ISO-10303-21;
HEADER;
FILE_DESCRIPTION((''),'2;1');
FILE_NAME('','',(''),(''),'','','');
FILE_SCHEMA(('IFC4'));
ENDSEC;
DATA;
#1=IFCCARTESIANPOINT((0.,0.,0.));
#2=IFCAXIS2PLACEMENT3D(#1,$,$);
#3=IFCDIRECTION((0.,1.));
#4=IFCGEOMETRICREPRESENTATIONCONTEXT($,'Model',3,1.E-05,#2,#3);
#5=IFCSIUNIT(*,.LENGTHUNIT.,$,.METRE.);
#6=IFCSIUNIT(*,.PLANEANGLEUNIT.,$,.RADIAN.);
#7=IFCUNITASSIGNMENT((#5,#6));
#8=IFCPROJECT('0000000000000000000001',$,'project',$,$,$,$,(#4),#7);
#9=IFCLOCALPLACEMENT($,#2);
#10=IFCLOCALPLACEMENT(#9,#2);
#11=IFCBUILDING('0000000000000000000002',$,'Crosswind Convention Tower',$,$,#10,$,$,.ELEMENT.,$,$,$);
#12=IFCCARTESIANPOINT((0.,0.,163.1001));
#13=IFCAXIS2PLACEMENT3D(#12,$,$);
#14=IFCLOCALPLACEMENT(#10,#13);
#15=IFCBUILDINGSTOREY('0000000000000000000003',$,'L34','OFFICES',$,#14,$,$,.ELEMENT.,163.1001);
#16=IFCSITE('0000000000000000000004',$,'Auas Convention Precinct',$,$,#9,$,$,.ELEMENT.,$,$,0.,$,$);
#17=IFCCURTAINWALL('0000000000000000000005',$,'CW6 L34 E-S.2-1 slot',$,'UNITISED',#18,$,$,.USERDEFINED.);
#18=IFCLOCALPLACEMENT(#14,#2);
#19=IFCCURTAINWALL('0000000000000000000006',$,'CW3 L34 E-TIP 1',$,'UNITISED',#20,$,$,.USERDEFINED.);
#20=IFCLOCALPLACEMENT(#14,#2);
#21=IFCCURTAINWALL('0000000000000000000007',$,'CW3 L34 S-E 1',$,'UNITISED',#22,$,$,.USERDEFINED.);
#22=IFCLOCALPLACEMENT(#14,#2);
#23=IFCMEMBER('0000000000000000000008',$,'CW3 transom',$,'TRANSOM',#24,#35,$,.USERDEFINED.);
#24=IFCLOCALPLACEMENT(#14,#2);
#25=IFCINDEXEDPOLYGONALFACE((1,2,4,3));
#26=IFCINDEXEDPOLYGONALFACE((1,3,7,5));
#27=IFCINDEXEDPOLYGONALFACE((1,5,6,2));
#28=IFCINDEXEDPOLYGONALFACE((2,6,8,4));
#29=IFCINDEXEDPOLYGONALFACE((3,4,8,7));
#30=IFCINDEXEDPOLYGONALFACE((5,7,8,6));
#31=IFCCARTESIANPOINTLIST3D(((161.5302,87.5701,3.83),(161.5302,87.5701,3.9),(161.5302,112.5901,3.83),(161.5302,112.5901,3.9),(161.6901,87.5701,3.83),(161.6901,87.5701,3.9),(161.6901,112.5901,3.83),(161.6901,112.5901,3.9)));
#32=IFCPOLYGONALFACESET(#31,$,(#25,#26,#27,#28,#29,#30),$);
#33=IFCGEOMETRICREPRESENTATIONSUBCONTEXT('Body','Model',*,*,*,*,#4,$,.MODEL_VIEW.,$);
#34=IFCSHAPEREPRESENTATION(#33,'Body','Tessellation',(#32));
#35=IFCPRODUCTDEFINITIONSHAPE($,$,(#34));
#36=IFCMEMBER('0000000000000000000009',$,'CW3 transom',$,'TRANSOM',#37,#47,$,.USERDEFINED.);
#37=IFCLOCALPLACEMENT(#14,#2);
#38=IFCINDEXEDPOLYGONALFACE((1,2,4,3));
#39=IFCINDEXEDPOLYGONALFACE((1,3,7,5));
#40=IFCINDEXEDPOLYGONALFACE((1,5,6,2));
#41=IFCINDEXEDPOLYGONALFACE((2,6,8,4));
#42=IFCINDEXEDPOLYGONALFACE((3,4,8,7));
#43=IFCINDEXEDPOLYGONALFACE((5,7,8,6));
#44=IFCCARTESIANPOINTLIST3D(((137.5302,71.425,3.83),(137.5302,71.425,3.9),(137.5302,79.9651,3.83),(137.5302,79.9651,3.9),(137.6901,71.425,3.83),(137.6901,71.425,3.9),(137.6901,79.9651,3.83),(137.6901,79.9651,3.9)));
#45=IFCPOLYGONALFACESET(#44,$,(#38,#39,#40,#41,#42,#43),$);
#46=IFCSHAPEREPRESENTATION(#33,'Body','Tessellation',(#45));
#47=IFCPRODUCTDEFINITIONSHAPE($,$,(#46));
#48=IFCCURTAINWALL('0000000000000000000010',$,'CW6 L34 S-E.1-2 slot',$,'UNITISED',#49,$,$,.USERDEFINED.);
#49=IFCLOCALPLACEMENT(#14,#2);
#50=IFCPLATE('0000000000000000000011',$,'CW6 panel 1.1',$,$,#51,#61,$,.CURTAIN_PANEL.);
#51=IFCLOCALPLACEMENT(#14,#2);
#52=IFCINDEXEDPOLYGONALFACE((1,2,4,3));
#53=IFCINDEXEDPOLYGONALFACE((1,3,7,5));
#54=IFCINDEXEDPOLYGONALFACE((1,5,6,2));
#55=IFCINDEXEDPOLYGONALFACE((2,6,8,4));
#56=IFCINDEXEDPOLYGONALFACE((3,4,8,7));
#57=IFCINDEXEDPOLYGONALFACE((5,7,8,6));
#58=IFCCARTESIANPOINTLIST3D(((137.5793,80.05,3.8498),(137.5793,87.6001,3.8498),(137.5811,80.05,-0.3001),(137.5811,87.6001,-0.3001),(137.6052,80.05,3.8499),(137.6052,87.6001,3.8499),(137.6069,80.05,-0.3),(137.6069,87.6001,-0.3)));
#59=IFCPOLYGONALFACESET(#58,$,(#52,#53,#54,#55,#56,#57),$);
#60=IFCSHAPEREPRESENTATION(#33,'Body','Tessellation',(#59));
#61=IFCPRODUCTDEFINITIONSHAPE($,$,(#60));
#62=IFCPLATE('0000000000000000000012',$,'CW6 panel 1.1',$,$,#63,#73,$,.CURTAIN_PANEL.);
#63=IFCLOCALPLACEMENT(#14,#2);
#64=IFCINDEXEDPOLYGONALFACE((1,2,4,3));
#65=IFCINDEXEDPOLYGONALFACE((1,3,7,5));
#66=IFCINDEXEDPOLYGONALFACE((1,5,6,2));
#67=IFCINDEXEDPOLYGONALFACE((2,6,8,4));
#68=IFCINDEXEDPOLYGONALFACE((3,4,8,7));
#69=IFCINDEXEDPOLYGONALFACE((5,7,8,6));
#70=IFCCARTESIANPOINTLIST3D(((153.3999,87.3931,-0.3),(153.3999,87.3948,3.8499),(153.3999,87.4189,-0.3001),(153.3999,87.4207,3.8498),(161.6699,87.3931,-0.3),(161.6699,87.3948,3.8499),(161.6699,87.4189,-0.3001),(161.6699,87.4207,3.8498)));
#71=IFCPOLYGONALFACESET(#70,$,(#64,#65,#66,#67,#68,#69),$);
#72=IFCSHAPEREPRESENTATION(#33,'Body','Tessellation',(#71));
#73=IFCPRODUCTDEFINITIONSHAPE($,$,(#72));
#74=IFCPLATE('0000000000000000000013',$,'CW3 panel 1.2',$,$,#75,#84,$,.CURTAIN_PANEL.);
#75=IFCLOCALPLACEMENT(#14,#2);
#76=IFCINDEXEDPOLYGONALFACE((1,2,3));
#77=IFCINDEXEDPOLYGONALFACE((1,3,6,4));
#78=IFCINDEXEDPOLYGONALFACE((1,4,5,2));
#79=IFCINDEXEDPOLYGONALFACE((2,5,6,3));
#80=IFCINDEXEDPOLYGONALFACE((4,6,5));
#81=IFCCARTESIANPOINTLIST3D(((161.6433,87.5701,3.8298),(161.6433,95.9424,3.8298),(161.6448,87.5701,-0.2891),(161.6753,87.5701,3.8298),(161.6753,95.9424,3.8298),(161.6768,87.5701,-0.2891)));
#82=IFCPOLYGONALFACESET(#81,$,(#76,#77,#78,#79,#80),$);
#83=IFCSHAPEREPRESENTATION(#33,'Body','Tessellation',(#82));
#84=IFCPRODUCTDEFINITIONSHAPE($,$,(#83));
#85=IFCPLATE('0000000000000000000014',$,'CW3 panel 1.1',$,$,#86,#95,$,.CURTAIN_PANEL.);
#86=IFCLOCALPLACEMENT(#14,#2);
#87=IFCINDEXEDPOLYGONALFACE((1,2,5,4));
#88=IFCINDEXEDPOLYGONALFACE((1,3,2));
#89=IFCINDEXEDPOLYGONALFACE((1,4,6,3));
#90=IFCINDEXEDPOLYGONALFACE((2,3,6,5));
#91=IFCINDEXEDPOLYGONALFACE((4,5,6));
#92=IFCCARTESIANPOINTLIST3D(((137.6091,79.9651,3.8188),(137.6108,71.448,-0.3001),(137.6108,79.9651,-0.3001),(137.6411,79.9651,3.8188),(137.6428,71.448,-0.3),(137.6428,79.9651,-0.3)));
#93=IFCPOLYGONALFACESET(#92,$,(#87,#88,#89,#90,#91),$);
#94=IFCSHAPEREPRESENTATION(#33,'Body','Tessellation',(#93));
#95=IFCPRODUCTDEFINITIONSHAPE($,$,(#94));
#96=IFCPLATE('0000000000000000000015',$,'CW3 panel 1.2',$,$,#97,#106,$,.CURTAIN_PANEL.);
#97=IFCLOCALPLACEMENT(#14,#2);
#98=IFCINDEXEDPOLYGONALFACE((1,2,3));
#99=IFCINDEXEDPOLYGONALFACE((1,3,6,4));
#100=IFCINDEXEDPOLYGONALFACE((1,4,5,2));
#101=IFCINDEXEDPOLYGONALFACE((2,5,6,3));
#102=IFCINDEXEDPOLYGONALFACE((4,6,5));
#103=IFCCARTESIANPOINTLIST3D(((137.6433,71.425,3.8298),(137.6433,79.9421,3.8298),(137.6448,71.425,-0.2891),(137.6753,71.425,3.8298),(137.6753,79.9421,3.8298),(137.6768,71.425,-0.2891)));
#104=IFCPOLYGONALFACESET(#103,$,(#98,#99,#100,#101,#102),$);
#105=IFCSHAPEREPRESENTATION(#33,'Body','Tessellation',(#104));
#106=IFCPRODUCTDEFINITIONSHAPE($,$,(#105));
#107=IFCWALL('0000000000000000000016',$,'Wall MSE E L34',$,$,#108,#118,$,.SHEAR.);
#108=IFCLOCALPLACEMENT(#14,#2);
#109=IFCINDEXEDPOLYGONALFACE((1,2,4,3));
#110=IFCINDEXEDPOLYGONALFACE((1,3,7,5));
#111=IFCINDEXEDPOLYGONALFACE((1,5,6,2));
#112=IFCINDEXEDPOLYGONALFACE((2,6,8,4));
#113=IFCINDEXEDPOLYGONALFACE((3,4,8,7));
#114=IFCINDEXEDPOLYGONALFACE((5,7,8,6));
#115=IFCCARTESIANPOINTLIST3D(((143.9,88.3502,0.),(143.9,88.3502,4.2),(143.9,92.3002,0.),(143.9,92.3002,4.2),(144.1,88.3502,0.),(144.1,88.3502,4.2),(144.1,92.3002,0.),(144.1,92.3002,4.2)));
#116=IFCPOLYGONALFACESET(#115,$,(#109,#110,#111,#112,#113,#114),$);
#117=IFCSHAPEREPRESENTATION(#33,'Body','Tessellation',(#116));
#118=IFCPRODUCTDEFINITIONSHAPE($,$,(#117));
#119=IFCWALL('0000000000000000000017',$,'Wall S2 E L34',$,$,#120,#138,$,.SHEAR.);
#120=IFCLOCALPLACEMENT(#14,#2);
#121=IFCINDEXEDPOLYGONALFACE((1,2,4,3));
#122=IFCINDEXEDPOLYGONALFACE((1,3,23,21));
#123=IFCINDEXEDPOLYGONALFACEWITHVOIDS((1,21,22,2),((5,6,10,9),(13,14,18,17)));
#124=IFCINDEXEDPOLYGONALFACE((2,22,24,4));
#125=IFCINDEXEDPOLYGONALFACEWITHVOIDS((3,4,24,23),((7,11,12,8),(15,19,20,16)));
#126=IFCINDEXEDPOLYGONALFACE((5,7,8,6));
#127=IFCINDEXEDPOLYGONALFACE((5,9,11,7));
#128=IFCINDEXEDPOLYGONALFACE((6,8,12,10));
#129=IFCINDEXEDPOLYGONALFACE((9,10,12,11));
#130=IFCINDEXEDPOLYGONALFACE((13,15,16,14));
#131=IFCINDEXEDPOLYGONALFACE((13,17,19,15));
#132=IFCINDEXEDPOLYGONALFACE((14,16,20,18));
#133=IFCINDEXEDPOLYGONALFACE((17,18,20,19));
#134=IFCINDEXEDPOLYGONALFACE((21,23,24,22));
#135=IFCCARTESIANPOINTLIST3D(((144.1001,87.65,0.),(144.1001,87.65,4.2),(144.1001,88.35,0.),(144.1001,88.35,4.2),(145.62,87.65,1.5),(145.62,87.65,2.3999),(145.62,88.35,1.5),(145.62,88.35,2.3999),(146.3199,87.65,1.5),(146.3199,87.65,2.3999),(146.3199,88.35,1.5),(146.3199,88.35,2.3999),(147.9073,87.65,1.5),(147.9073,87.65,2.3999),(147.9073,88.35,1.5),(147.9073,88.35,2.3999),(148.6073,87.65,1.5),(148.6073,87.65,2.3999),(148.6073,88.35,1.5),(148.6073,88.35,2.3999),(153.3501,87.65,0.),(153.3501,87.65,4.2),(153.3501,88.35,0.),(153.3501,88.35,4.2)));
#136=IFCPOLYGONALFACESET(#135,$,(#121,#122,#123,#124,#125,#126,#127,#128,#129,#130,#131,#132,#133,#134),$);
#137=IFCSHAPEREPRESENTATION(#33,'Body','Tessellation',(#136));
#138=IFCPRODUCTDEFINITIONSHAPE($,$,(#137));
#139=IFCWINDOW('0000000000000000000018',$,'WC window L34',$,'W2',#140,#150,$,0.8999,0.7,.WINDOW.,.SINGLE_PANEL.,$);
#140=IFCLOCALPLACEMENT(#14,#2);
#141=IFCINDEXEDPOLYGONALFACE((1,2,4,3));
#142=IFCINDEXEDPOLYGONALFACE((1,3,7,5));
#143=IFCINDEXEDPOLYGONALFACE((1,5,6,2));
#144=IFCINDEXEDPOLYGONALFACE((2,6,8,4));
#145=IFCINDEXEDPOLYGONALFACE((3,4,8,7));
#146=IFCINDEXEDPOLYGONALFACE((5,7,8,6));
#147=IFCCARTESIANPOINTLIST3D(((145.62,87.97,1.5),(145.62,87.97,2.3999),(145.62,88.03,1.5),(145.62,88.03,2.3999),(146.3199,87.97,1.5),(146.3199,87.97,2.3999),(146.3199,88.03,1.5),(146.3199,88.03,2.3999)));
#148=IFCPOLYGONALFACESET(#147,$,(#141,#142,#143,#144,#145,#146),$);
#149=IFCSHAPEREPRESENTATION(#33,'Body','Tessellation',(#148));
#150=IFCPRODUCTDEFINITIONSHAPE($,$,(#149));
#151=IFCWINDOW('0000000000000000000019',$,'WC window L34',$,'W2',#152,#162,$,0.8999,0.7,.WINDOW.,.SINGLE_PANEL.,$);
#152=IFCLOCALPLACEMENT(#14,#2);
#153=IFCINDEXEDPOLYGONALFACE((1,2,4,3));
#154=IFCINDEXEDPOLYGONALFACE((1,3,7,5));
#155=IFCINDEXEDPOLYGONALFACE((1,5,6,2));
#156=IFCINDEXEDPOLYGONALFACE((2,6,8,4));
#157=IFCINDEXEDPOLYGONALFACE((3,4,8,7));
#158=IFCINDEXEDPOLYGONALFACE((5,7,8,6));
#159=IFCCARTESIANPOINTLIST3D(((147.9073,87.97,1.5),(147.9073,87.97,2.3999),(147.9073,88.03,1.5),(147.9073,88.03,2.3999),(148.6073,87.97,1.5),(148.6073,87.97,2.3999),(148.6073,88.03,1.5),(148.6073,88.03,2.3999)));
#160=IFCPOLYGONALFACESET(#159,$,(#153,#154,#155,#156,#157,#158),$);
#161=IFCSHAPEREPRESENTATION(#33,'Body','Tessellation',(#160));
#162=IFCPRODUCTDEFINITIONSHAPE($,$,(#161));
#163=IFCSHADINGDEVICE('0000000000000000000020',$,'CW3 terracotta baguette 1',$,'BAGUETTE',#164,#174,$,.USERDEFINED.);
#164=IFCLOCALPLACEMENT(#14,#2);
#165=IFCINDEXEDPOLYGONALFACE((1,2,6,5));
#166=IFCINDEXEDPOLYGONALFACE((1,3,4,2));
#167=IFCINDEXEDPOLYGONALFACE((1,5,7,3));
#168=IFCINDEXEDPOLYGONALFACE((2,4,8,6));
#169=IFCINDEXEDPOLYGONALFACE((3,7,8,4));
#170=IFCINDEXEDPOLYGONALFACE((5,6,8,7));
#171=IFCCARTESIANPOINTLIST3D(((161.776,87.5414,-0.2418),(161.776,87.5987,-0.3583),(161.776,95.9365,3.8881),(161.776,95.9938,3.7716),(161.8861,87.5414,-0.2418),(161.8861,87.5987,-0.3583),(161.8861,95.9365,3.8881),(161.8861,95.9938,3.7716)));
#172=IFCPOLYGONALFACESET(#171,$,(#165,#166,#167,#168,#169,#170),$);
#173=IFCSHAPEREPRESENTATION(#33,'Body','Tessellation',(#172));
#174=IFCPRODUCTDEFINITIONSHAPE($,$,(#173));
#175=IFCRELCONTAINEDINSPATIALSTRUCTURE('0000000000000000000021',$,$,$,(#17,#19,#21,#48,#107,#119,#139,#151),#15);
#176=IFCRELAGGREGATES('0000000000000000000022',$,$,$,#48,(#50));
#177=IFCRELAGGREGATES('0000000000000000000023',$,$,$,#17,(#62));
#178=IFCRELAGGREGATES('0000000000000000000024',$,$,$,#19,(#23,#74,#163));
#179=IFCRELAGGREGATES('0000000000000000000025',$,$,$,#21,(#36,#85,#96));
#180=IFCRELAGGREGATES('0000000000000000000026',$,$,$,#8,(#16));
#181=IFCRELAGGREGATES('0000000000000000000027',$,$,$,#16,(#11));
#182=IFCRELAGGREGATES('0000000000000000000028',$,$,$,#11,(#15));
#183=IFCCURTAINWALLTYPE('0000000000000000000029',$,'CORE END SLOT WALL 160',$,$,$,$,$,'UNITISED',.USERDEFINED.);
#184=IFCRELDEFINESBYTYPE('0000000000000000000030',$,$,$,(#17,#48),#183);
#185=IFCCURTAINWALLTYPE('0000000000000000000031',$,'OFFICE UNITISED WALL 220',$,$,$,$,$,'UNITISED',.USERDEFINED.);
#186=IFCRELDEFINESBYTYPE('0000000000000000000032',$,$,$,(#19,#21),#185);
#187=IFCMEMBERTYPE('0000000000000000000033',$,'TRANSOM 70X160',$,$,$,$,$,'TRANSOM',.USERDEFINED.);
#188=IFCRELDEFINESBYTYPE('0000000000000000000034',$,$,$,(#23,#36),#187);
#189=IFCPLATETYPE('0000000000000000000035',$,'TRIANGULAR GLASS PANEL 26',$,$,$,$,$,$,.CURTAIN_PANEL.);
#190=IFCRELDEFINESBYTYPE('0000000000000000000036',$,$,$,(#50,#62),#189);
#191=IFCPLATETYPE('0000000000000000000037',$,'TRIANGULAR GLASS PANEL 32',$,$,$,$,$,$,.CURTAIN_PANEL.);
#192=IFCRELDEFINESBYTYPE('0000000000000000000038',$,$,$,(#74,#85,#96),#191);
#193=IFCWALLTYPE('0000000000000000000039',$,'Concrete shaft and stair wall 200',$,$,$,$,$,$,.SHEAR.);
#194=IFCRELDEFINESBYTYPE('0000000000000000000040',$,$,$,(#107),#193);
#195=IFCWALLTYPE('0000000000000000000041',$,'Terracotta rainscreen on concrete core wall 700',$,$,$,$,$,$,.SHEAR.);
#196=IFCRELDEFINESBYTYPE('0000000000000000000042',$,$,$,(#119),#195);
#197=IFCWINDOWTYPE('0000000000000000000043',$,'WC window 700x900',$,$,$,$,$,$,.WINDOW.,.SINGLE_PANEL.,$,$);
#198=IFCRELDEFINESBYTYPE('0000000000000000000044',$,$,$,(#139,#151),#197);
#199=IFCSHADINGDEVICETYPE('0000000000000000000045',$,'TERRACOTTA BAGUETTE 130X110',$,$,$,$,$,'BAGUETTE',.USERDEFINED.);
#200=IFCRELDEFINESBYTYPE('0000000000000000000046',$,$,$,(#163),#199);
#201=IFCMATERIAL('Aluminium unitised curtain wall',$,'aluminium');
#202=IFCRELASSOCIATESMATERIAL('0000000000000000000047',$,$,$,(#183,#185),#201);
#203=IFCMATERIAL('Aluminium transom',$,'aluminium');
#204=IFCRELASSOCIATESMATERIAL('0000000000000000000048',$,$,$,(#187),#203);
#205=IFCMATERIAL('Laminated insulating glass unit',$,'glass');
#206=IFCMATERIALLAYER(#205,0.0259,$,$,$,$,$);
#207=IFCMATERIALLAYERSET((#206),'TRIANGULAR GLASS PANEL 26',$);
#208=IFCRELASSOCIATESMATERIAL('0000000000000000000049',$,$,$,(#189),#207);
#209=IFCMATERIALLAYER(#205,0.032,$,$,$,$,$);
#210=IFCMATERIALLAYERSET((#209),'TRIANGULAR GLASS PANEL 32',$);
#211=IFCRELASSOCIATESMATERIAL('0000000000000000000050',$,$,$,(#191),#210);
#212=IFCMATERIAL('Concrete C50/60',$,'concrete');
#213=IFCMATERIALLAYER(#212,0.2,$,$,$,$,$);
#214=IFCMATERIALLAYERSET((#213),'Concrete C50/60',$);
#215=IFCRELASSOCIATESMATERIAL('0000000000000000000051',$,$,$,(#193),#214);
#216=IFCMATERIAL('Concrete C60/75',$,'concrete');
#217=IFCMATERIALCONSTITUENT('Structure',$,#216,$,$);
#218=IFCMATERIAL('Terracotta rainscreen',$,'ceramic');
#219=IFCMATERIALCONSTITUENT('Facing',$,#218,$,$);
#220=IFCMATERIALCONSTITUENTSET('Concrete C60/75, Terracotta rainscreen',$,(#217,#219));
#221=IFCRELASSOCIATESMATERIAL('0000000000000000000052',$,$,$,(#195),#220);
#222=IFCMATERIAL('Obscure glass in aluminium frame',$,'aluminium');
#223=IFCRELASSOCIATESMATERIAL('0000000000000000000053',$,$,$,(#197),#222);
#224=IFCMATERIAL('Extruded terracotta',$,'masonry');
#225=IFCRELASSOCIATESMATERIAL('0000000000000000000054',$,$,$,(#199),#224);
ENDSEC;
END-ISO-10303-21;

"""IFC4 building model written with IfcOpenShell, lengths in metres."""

from ifc_helpers import new_model, si_unit, direction, frame, frame_2d, origin, origin_2d, place, context, subcontext, project, spatial, polyline, rectangle, outline, extrude, material, layer, layer_set, constituent, constituent_set, material_profile, profile_set, type_object, element, fill, aggregate, save


model = new_model("IFC4")

# Units and contexts
model_context = context("Model", 3, precision=1e-05, world=origin(), true_north=direction((0.0, 1.0)))
body_context = subcontext(model_context, "Body", "Model", "MODEL_VIEW")
ifc_project = project(units=[si_unit("LENGTHUNIT", "METRE"), si_unit("PLANEANGLEUNIT", "RADIAN")], contexts=[model_context])

# Site, building, storey
site_placement = place(None, origin())
site = spatial("IfcSite", under=ifc_project, at=site_placement, Name="Auas Convention Precinct", CompositionType="ELEMENT", RefElevation=0.0)
building_placement = place(site_placement, origin())
building = spatial("IfcBuilding", under=site, at=building_placement, Name="Crosswind Convention Tower", CompositionType="ELEMENT")
storey_placement = place(building_placement, frame((0.0, 0.0, 163.1001)))
storey = spatial("IfcBuildingStorey", under=building, at=storey_placement, Name="L34", Description="OFFICES", CompositionType="ELEMENT", Elevation=163.1001)

# Shared definitions
ifc_material_1 = material(Name="Concrete C60/75", Category="concrete")

# Curtain wall
ifc_material_2 = material(Name="Aluminium unitised curtain wall", Category="aluminium")
curtain_wall_type_1 = type_object("IfcCurtainWallType", Name="CORE END SLOT WALL 160", ElementType="UNITISED", PredefinedType="USERDEFINED", material=ifc_material_2)
curtain_wall_1_placement = place(storey_placement, origin())
curtain_wall_1 = element("IfcCurtainWall", 1, at=curtain_wall_1_placement, inside=storey, type_object=curtain_wall_type_1, Name="CW6 L34 E-S.2-1 slot", ObjectType="UNITISED", PredefinedType="USERDEFINED")

# Curtain walls
curtain_wall_type_2 = type_object("IfcCurtainWallType", Name="OFFICE UNITISED WALL 220", ElementType="UNITISED", PredefinedType="USERDEFINED", material=ifc_material_2)
curtain_wall_2_placement = place(storey_placement, origin())
curtain_wall_2 = element("IfcCurtainWall", 2, at=curtain_wall_2_placement, inside=storey, type_object=curtain_wall_type_2, Name="CW3 L34 E-TIP 1", ObjectType="UNITISED", PredefinedType="USERDEFINED")
curtain_wall_3_placement = place(storey_placement, origin())
curtain_wall_3 = element("IfcCurtainWall", 3, at=curtain_wall_3_placement, inside=storey, type_object=curtain_wall_type_2, Name="CW3 L34 S-E 1", ObjectType="UNITISED", PredefinedType="USERDEFINED")

# Members
ifc_material_3 = material(Name="Aluminium transom", Category="aluminium")
ifc_material_profile_1 = material_profile(ifc_material_3, rectangle(XDim=0.1599, YDim=0.0701, at=origin_2d()), Name="AL 160X70")
ifc_profile_set_1 = profile_set([ifc_material_profile_1], Name="Aluminium transom")
member_type_1 = type_object("IfcMemberType", Name="TRANSOM 70X160", ElementType="TRANSOM", PredefinedType="USERDEFINED", material=ifc_profile_set_1)
member_1_placement = place(storey_placement, frame((161.6101, 87.5701, 3.865), z_axis=(0.0, 1.0, 0.0), x_axis=(-1.0, 0.0, 0.0)))
member_1 = element("IfcMember", 4, at=member_1_placement, type_object=member_type_1, Name="CW3 transom", ObjectType="TRANSOM", PredefinedType="USERDEFINED", context=body_context, shape_type="SweptSolid", body=[
    extrude(rectangle(XDim=0.1599, YDim=0.0701, at=origin_2d()), origin(), (0.0, 0.0, 1.0), 25.02),
])
member_2_placement = place(storey_placement, frame((137.6101, 71.425, 3.865), z_axis=(0.0, 1.0, 0.0), x_axis=(-1.0, 0.0, 0.0)))
member_2 = element("IfcMember", 5, at=member_2_placement, type_object=member_type_1, Name="CW3 transom", ObjectType="TRANSOM", PredefinedType="USERDEFINED", context=body_context, shape_type="SweptSolid", body=[
    extrude(rectangle(XDim=0.1599, YDim=0.0701, at=origin_2d()), origin(), (0.0, 0.0, 1.0), 8.54),
])

# Curtain wall, plate
curtain_wall_4_placement = place(storey_placement, origin())
curtain_wall_4 = element("IfcCurtainWall", 6, at=curtain_wall_4_placement, inside=storey, type_object=curtain_wall_type_1, Name="CW6 L34 S-E.1-2 slot", ObjectType="UNITISED", PredefinedType="USERDEFINED")
ifc_material_4 = material(Name="Laminated insulating glass unit", Category="glass")
ifc_layer_1 = layer(ifc_material_4, 0.0259)
ifc_layer_set_1 = layer_set([ifc_layer_1], Name="TRIANGULAR GLASS PANEL 26")
plate_type_1 = type_object("IfcPlateType", Name="TRIANGULAR GLASS PANEL 26", PredefinedType="CURTAIN_PANEL", material=ifc_layer_set_1)
plate_1_placement = place(storey_placement, frame((137.6069, 80.05, -0.3), z_axis=(1.0, 0.0, 0.000412), x_axis=(0.0, 1.0, 0.0)))
plate_1 = element("IfcPlate", 7, at=plate_1_placement, type_object=plate_type_1, Name="CW6 panel 1.1", PredefinedType="CURTAIN_PANEL", context=body_context, shape_type="SweptSolid", body=[
    extrude(outline(polyline([(0.0, 0.0), (7.55, 0.0), (7.55, 4.1499), (0.0, 4.1499), (0.0, 0.0)])), origin(), (0.0, 0.0, -1.0), 0.0259),
])
aggregate(curtain_wall_4, [plate_1])

# Plates
plate_2_placement = place(storey_placement, frame((153.3999, 87.3931, -0.3), z_axis=(0.0, -1.0, 0.000412), x_axis=(1.0, 0.0, 0.0)))
plate_2 = element("IfcPlate", 8, at=plate_2_placement, type_object=plate_type_1, Name="CW6 panel 1.1", PredefinedType="CURTAIN_PANEL", context=body_context, shape_type="SweptSolid", body=[
    extrude(outline(polyline([(0.0, 0.0), (8.27, 0.0), (8.27, 4.1499), (0.0, 4.1499), (0.0, 0.0)])), origin(), (0.0, 0.0, -1.0), 0.0259),
])
aggregate(curtain_wall_1, [plate_2])
ifc_layer_2 = layer(ifc_material_4, 0.032)
ifc_layer_set_2 = layer_set([ifc_layer_2], Name="TRIANGULAR GLASS PANEL 32")
plate_type_2 = type_object("IfcPlateType", Name="TRIANGULAR GLASS PANEL 32", PredefinedType="CURTAIN_PANEL", material=ifc_layer_set_2)
plate_3_placement = place(storey_placement, frame((161.6753, 87.5701, 3.8298), z_axis=(1.0, 0.0, 0.000356), x_axis=(0.000356, 0.0, -1.0)))
plate_3 = element("IfcPlate", 9, at=plate_3_placement, type_object=plate_type_2, Name="CW3 panel 1.2", PredefinedType="CURTAIN_PANEL", context=body_context, shape_type="SweptSolid", body=[
    extrude(outline(polyline([(0.0, 0.0), (4.1189, 0.0), (0.0, 8.3723), (0.0, 0.0)])), origin(), (0.0, 0.0, -1.0), 0.032),
])
plate_4_placement = place(storey_placement, frame((137.6428, 79.9651, -0.3), z_axis=(1.0, 0.0, 0.000415), x_axis=(-0.000415, 0.0, 1.0)))
plate_4 = element("IfcPlate", 10, at=plate_4_placement, type_object=plate_type_2, Name="CW3 panel 1.1", PredefinedType="CURTAIN_PANEL", context=body_context, shape_type="SweptSolid", body=[
    extrude(outline(polyline([(0.0, 0.0), (4.1189, 0.0), (0.0, 8.5171), (0.0, 0.0)])), origin(), (0.0, 0.0, -1.0), 0.032),
])
plate_5_placement = place(storey_placement, frame((137.6753, 71.425, 3.8298), z_axis=(1.0, 0.0, 0.000356), x_axis=(0.000356, 0.0, -1.0)))
plate_5 = element("IfcPlate", 11, at=plate_5_placement, type_object=plate_type_2, Name="CW3 panel 1.2", PredefinedType="CURTAIN_PANEL", context=body_context, shape_type="SweptSolid", body=[
    extrude(outline(polyline([(0.0, 0.0), (4.1189, 0.0), (0.0, 8.5171), (0.0, 0.0)])), origin(), (0.0, 0.0, -1.0), 0.032),
])

# Wall
ifc_material_5 = material(Name="Concrete C50/60", Category="concrete")
ifc_layer_3 = layer(ifc_material_5, 0.2)
ifc_layer_set_3 = layer_set([ifc_layer_3], Name="Concrete C50/60")
wall_type_1 = type_object("IfcWallType", Name="Concrete shaft and stair wall 200", PredefinedType="SHEAR", material=ifc_layer_set_3)
wall_1_placement = place(storey_placement, frame((144.0, 88.3501, 0.0), z_axis=(0.0, 0.0, 1.0), x_axis=(0.0, 1.0, 0.0)))
element("IfcWall", 12, at=wall_1_placement, inside=storey, type_object=wall_type_1, Name="Wall MSE E L34", PredefinedType="SHEAR", context=body_context, shape_type="SweptSolid", body=[
    extrude(rectangle(XDim=3.95, YDim=0.2, at=frame_2d((1.9751, 0.0))), origin(), (0.0, 0.0, 1.0), 4.2),
])

# Wall, openings, windows
ifc_constituent_1 = constituent(ifc_material_1, Name="Structure")
ifc_material_6 = material(Name="Terracotta rainscreen", Category="ceramic")
ifc_constituent_2 = constituent(ifc_material_6, Name="Facing")
ifc_constituent_set = constituent_set(constituents=[ifc_constituent_1, ifc_constituent_2], Name="Concrete C60/75, Terracotta rainscreen")
wall_type_2 = type_object("IfcWallType", Name="Terracotta rainscreen on concrete core wall 700", PredefinedType="SHEAR", material=ifc_constituent_set)
wall_2_placement = place(storey_placement, frame((144.1001, 88.0, 0.0), z_axis=(0.0, 0.0, 1.0), x_axis=(1.0, 0.0, 0.0)))
wall_2 = element("IfcWall", 13, at=wall_2_placement, inside=storey, type_object=wall_type_2, Name="Wall S2 E L34", PredefinedType="SHEAR", context=body_context, shape_type="SweptSolid", body=[
    extrude(rectangle(XDim=9.25, YDim=0.7, at=frame_2d((4.625, 0.0))), origin(), (0.0, 0.0, 1.0), 4.2),
])
opening_1_placement = place(wall_2_placement, frame((1.5198, 0.0, 1.5)))
opening_1 = element("IfcOpeningElement", 14, at=opening_1_placement, cuts=wall_2, PredefinedType="OPENING", context=body_context, shape_type="SweptSolid", body=[
    extrude(rectangle(XDim=0.7, YDim=0.8999, at=frame_2d((0.3501, 0.45))), frame((0.0, 0.3599, 0.0), z_axis=(0.0, -1.0, 0.0), x_axis=(1.0, 0.0, 0.0)), (0.0, 0.0, 1.0), 0.72),
])
opening_2_placement = place(wall_2_placement, frame((3.8071, 0.0, 1.5)))
opening_2 = element("IfcOpeningElement", 15, at=opening_2_placement, cuts=wall_2, PredefinedType="OPENING", context=body_context, shape_type="SweptSolid", body=[
    extrude(rectangle(XDim=0.7, YDim=0.8999, at=frame_2d((0.3501, 0.45))), frame((0.0, 0.3599, 0.0), z_axis=(0.0, -1.0, 0.0), x_axis=(1.0, 0.0, 0.0)), (0.0, 0.0, 1.0), 0.72),
])
ifc_material_7 = material(Name="Obscure glass in aluminium frame", Category="aluminium")
window_type = type_object("IfcWindowType", Name="WC window 700x900", PartitioningType="SINGLE_PANEL", PredefinedType="WINDOW", material=ifc_material_7)
window_1_placement = place(opening_1_placement, origin())
window_1 = element("IfcWindow", 16, at=window_1_placement, inside=storey, type_object=window_type, Name="WC window L34", ObjectType="W2", OverallHeight=0.8999, OverallWidth=0.7, PartitioningType="SINGLE_PANEL", PredefinedType="WINDOW", context=body_context, shape_type="SweptSolid", body=[
    extrude(rectangle(XDim=0.7, YDim=0.8999, at=frame_2d((0.3501, 0.45))), frame((0.0, 0.03, 0.0), z_axis=(0.0, -1.0, 0.0), x_axis=(1.0, 0.0, 0.0)), (0.0, 0.0, 1.0), 0.0601),
])
fill(opening_1, window_1)
window_2_placement = place(opening_2_placement, origin())
window_2 = element("IfcWindow", 17, at=window_2_placement, inside=storey, type_object=window_type, Name="WC window L34", ObjectType="W2", OverallHeight=0.8999, OverallWidth=0.7, PartitioningType="SINGLE_PANEL", PredefinedType="WINDOW", context=body_context, shape_type="SweptSolid", body=[
    extrude(rectangle(XDim=0.7, YDim=0.8999, at=frame_2d((0.3501, 0.45))), frame((0.0, 0.03, 0.0), z_axis=(0.0, -1.0, 0.0), x_axis=(1.0, 0.0, 0.0)), (0.0, 0.0, 1.0), 0.0601),
])
fill(opening_2, window_2)

# Shading device
ifc_material_8 = material(Name="Extruded terracotta", Category="masonry")
ifc_material_profile_2 = material_profile(ifc_material_8, rectangle(XDim=0.1101, YDim=0.1299, at=origin_2d()), Name="TC 110X130")
ifc_profile_set_2 = profile_set([ifc_material_profile_2], Name="Extruded terracotta")
shading_device_type = type_object("IfcShadingDeviceType", Name="TERRACOTTA BAGUETTE 130X110", ElementType="BAGUETTE", PredefinedType="USERDEFINED", material=ifc_profile_set_2)
shading_device_1_placement = place(storey_placement, frame((161.8311, 87.5701, -0.3), z_axis=(0.0, 0.8973, 0.441422), x_axis=(-1.0, 0.0, 0.0)))
shading_device_1 = element("IfcShadingDevice", 18, at=shading_device_1_placement, type_object=shading_device_type, Name="CW3 terracotta baguette 1", ObjectType="BAGUETTE", PredefinedType="USERDEFINED", context=body_context, shape_type="SweptSolid", body=[
    extrude(rectangle(XDim=0.1101, YDim=0.1299, at=origin_2d()), origin(), (0.0, 0.0, 1.0), 9.356),
])
aggregate(curtain_wall_2, [member_1, plate_3, shading_device_1])
aggregate(curtain_wall_3, [member_2, plate_4, plate_5])

save(model, "model.ifc")
